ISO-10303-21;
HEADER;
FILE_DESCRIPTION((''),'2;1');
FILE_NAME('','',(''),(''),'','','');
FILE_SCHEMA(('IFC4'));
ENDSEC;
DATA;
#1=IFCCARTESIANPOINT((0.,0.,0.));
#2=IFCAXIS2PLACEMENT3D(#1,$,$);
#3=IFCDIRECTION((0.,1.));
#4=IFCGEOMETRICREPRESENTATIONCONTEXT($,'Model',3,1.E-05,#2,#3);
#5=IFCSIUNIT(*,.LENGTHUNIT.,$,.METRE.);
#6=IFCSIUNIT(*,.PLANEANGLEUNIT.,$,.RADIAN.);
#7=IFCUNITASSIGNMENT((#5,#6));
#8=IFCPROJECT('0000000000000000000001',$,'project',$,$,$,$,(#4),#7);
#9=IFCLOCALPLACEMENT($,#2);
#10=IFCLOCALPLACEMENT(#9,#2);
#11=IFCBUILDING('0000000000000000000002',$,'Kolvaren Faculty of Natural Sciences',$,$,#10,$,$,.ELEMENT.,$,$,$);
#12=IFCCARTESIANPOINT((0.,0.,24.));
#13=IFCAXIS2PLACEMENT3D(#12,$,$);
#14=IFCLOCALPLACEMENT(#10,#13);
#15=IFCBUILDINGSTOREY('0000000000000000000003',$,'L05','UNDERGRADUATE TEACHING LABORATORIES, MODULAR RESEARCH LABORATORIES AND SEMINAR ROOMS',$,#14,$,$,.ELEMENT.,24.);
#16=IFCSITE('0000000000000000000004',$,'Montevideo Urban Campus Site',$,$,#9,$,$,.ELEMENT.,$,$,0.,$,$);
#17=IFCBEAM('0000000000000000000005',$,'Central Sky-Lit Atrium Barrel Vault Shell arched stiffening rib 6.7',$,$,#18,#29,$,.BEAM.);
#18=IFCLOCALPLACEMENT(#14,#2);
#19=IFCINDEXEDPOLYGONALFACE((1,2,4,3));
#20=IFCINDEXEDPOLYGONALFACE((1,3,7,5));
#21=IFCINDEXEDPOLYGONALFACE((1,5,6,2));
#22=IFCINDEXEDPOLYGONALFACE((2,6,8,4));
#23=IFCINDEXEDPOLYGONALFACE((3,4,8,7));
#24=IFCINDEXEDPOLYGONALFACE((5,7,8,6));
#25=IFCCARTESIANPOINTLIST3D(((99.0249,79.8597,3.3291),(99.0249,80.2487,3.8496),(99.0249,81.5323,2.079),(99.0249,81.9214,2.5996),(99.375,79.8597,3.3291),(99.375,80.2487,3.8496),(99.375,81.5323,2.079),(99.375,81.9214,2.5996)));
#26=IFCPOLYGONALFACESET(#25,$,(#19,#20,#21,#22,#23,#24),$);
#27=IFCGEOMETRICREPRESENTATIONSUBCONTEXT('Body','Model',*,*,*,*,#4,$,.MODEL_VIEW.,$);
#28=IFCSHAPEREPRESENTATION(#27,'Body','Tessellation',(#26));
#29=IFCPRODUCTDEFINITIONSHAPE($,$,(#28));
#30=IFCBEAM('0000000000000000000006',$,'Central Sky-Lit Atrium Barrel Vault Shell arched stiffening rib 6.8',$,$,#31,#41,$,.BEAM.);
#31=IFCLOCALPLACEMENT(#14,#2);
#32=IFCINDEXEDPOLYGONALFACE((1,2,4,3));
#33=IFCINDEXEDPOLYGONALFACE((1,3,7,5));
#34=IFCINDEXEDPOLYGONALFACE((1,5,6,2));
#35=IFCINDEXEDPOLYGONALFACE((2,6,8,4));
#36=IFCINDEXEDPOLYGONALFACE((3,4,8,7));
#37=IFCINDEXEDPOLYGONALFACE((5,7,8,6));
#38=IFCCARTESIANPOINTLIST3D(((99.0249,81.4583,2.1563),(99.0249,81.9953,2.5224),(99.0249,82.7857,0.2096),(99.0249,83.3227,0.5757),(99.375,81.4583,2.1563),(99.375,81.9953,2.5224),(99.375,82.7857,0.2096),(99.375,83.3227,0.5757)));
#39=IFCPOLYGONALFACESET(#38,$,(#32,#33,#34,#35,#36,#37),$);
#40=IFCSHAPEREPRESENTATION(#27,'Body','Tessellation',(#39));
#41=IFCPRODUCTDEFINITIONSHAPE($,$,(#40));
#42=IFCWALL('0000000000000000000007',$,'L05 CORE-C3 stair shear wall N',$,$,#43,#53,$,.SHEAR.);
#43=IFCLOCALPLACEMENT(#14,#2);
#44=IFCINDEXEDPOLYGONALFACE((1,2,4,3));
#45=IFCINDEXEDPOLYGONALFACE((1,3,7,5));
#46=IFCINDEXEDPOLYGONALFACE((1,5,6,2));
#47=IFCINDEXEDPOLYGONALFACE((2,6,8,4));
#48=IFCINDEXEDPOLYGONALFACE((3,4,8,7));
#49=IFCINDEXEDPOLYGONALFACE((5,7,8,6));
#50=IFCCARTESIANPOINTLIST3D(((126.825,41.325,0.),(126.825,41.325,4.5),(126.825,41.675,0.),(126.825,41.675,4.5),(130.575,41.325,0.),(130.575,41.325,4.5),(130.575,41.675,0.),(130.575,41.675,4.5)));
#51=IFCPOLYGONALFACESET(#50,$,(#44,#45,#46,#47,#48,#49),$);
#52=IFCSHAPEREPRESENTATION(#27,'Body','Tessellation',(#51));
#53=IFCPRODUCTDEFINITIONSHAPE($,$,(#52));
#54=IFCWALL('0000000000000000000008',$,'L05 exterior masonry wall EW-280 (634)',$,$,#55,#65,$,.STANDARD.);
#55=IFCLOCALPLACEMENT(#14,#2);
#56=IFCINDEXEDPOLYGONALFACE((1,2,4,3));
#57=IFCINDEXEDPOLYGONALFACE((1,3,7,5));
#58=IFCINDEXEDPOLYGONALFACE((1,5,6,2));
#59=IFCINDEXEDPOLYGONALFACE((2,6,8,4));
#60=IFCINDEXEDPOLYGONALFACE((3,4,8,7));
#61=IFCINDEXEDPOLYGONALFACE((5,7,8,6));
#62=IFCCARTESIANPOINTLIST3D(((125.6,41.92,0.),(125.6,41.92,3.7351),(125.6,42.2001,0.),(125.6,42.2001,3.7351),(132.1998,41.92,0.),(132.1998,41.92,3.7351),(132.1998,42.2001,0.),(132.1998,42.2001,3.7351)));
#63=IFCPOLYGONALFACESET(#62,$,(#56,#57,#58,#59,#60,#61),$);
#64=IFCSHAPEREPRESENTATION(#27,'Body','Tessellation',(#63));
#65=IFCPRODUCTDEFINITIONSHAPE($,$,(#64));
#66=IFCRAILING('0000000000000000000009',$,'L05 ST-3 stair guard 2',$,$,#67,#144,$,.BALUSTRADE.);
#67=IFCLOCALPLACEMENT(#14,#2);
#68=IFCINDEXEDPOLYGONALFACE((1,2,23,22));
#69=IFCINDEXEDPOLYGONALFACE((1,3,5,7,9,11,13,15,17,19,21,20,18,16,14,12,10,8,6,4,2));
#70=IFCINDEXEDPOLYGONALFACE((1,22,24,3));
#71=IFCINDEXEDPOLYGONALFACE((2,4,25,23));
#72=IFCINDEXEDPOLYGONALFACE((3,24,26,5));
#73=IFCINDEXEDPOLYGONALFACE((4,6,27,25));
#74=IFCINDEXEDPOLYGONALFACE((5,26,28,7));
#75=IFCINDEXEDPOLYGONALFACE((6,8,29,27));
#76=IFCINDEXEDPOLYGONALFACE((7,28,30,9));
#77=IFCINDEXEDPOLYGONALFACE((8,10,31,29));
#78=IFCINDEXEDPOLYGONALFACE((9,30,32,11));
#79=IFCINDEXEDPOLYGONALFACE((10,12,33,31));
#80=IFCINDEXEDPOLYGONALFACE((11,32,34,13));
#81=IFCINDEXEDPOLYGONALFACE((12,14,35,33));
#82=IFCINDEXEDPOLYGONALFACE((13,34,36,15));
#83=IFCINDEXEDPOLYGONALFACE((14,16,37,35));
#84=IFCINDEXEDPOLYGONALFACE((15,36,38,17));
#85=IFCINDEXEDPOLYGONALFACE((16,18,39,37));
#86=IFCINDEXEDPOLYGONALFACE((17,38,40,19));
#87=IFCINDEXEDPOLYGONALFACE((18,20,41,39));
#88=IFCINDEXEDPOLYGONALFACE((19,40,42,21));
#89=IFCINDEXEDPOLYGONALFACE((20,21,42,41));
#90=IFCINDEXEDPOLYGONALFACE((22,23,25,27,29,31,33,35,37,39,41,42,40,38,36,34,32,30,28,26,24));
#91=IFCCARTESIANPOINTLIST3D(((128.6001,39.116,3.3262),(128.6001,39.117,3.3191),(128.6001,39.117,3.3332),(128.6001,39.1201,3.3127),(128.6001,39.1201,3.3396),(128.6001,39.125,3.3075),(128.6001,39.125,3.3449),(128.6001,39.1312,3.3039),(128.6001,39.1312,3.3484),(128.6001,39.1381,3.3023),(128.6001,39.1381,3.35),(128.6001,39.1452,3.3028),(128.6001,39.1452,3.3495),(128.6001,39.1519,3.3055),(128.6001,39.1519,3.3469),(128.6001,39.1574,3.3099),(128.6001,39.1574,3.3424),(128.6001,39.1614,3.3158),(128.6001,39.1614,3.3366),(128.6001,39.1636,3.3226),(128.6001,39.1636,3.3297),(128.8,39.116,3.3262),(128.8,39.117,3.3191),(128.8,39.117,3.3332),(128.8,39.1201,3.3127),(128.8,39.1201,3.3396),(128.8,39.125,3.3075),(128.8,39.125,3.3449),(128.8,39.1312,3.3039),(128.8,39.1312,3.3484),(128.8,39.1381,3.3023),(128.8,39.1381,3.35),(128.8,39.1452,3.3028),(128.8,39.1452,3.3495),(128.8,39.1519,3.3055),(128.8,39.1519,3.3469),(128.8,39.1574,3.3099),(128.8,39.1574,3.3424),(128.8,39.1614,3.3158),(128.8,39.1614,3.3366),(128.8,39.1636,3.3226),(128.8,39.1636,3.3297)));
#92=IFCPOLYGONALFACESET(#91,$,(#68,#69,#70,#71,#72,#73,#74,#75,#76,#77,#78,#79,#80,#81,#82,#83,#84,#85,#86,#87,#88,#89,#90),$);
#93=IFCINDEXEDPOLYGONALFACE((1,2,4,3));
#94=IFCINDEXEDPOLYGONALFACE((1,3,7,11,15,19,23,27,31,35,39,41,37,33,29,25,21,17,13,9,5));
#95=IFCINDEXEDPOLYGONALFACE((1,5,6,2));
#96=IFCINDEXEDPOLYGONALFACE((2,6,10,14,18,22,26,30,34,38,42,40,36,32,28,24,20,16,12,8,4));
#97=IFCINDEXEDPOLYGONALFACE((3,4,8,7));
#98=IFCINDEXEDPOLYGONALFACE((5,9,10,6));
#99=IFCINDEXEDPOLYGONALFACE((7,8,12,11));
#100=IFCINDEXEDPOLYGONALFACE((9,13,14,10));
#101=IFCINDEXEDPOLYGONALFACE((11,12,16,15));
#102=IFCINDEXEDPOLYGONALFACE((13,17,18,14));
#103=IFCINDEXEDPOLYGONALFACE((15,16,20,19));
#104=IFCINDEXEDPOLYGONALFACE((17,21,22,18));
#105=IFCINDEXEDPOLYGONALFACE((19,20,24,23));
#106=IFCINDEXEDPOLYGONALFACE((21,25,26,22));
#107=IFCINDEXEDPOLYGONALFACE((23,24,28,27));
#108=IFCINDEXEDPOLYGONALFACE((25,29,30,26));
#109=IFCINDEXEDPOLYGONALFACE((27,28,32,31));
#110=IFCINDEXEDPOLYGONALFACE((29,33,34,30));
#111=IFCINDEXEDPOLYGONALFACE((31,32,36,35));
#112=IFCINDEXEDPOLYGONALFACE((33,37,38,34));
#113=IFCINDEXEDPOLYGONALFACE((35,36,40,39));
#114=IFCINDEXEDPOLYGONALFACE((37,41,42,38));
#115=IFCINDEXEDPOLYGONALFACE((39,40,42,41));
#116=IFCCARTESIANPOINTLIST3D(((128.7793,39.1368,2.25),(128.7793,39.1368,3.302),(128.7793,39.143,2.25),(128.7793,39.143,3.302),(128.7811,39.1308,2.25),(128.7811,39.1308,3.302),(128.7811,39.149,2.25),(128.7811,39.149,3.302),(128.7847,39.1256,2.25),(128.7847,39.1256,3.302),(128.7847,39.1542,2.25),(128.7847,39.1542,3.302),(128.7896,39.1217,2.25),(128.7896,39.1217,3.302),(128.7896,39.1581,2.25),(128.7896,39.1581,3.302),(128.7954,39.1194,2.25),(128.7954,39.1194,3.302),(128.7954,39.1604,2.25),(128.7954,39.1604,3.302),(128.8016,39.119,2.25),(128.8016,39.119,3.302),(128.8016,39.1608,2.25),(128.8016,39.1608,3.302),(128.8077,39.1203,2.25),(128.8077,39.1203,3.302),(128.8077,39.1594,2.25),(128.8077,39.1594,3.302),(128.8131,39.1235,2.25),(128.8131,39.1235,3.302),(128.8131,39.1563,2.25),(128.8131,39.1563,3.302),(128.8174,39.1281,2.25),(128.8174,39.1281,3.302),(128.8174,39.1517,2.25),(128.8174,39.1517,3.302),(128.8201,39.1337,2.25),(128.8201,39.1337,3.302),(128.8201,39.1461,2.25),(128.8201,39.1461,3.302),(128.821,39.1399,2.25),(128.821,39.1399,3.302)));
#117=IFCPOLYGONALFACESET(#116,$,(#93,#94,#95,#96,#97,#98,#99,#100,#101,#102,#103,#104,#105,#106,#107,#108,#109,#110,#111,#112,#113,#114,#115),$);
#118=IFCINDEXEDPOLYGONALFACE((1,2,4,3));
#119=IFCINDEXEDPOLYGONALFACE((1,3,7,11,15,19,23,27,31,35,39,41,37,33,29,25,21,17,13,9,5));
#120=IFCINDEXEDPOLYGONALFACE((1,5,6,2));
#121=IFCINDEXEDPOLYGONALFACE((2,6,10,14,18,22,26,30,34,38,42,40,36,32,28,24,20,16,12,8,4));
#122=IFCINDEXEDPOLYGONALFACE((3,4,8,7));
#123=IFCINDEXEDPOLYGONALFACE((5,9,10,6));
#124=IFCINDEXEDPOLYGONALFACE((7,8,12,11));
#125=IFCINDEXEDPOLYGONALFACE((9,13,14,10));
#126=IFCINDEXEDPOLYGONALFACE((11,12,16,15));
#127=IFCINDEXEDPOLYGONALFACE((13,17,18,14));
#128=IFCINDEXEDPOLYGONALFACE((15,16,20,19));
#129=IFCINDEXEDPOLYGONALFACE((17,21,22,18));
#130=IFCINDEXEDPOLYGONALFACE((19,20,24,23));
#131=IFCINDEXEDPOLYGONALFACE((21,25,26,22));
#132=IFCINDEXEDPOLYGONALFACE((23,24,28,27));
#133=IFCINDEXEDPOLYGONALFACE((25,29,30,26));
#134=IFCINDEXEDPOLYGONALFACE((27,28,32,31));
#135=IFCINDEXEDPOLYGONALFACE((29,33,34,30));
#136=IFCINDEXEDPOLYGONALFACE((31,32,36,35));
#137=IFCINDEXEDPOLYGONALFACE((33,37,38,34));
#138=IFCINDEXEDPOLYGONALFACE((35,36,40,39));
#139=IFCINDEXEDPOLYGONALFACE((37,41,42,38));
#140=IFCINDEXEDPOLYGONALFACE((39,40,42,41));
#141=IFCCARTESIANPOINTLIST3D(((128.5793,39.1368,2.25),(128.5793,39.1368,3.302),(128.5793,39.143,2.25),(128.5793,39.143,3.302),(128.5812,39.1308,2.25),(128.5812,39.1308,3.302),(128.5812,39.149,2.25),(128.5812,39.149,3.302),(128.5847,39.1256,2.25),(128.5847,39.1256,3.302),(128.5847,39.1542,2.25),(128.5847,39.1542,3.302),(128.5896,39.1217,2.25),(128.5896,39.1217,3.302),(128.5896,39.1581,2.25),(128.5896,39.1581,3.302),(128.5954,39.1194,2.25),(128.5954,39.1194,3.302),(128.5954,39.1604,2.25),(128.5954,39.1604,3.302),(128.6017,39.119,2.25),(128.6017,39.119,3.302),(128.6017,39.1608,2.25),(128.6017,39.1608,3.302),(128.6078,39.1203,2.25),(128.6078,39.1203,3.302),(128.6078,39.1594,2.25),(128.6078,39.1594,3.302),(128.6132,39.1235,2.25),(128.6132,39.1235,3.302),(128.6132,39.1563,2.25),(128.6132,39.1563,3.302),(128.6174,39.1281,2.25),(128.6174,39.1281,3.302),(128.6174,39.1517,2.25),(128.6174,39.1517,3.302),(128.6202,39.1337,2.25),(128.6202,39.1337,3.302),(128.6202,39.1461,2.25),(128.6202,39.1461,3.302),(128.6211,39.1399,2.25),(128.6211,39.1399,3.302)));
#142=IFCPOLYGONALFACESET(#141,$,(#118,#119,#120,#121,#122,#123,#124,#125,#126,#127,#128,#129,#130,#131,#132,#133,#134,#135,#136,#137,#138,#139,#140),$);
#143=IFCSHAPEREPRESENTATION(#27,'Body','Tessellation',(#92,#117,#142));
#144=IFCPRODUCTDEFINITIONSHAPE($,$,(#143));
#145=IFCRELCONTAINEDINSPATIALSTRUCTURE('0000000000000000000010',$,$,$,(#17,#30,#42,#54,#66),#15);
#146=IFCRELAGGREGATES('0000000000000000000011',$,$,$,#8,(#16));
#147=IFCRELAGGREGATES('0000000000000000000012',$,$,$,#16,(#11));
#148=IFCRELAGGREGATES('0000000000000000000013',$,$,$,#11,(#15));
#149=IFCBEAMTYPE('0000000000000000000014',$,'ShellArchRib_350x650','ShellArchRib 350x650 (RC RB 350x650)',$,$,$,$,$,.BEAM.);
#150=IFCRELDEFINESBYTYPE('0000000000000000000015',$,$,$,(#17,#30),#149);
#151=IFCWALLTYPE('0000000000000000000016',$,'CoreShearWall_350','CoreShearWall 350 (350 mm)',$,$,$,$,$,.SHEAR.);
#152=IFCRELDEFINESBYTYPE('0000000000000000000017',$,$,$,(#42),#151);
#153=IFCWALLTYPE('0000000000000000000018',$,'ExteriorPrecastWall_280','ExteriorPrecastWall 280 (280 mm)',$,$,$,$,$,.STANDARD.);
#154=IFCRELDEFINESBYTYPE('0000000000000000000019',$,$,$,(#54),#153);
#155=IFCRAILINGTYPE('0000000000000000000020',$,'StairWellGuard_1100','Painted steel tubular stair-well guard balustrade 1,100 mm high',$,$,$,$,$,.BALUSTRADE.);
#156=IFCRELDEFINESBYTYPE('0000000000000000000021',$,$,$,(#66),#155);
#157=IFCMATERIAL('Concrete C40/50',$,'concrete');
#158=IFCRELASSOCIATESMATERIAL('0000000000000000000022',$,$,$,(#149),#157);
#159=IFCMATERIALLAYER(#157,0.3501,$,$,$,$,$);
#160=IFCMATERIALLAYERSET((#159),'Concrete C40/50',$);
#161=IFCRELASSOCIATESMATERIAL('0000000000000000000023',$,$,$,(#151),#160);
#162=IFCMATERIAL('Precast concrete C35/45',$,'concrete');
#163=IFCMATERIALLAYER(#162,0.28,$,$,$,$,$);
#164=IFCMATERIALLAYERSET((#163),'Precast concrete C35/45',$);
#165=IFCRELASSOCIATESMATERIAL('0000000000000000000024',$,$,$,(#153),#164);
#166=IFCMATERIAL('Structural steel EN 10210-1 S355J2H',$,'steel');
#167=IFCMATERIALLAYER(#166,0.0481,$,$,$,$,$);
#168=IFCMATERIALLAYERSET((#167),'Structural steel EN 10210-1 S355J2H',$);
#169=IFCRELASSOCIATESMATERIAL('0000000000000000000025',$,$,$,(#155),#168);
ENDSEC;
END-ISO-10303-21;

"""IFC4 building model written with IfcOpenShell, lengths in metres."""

from ifc_helpers import new_model, si_unit, direction, frame, frame_2d, origin, origin_2d, place, context, subcontext, project, spatial, rectangle, circle, extrude, material, layer, layer_set, material_profile, profile_set, type_object, element, save


model = new_model("IFC4")

# Units and contexts
model_context = context("Model", 3, precision=1e-05, world=origin(), true_north=direction((0.0, 1.0)))
body_context = subcontext(model_context, "Body", "Model", "MODEL_VIEW")
ifc_project = project(units=[si_unit("LENGTHUNIT", "METRE"), si_unit("PLANEANGLEUNIT", "RADIAN")], contexts=[model_context])

# Site, building, storey
site_placement = place(None, origin())
site = spatial("IfcSite", under=ifc_project, at=site_placement, Name="Montevideo Urban Campus Site", CompositionType="ELEMENT", RefElevation=0.0)
building_placement = place(site_placement, origin())
building = spatial("IfcBuilding", under=site, at=building_placement, Name="Kolvaren Faculty of Natural Sciences", CompositionType="ELEMENT")
storey_placement = place(building_placement, frame((0.0, 0.0, 24.0)))
storey = spatial("IfcBuildingStorey", under=building, at=storey_placement, Name="L05", Description="UNDERGRADUATE TEACHING LABORATORIES, MODULAR RESEARCH LABORATORIES AND SEMINAR ROOMS", CompositionType="ELEMENT", Elevation=24.0)

# Beams
ifc_material_1 = material(Name="Concrete C40/50", Category="concrete")
ifc_material_profile_1 = material_profile(ifc_material_1, rectangle(XDim=0.3501, YDim=0.6499, at=origin_2d()), Name="RC RB 350x650")
ifc_profile_set_1 = profile_set([ifc_material_profile_1], Name="Concrete C40/50")
beam_type_1 = type_object("IfcBeamType", Name="ShellArchRib_350x650", Description="ShellArchRib 350x650 (RC RB 350x650)", PredefinedType="BEAM", material=ifc_profile_set_1)
beam_1_placement = place(storey_placement, frame((99.2, 80.0542, 3.5894), z_axis=(0.0, 0.801023, -0.598633), x_axis=(-1.0, 0.0, 0.0)))
element("IfcBeam", 1, at=beam_1_placement, inside=storey, type_object=beam_type_1, Name="Central Sky-Lit Atrium Barrel Vault Shell arched stiffening rib 6.7", PredefinedType="BEAM", context=body_context, shape_type="SweptSolid", body=[
    extrude(rectangle(XDim=0.3501, YDim=0.6499, at=origin_2d()), origin(), (0.0, 0.0, 1.0), 2.0881),
])
beam_2_placement = place(storey_placement, frame((99.2, 81.7268, 2.3394), z_axis=(0.0, 0.56335, -0.826219), x_axis=(-1.0, 0.0, 0.0)))
element("IfcBeam", 2, at=beam_2_placement, inside=storey, type_object=beam_type_1, Name="Central Sky-Lit Atrium Barrel Vault Shell arched stiffening rib 6.8", PredefinedType="BEAM", context=body_context, shape_type="SweptSolid", body=[
    extrude(rectangle(XDim=0.3501, YDim=0.6499, at=origin_2d()), origin(), (0.0, 0.0, 1.0), 2.3562),
])

# Walls
ifc_layer_1 = layer(ifc_material_1, 0.3501)
ifc_layer_set_1 = layer_set([ifc_layer_1], Name="Concrete C40/50")
wall_type_1 = type_object("IfcWallType", Name="CoreShearWall_350", Description="CoreShearWall 350 (350 mm)", PredefinedType="SHEAR", material=ifc_layer_set_1)
wall_1_placement = place(storey_placement, frame((126.825, 41.5, 0.0), z_axis=(0.0, 0.0, 1.0), x_axis=(1.0, 0.0, 0.0)))
element("IfcWall", 3, at=wall_1_placement, inside=storey, type_object=wall_type_1, Name="L05 CORE-C3 stair shear wall N", PredefinedType="SHEAR", context=body_context, shape_type="SweptSolid", body=[
    extrude(rectangle(XDim=3.75, YDim=0.3501, at=frame_2d((1.875, 0.0))), origin(), (0.0, 0.0, 1.0), 4.5),
])
ifc_material_2 = material(Name="Precast concrete C35/45", Category="concrete")
ifc_layer_2 = layer(ifc_material_2, 0.28)
ifc_layer_set_2 = layer_set([ifc_layer_2], Name="Precast concrete C35/45")
wall_type_2 = type_object("IfcWallType", Name="ExteriorPrecastWall_280", Description="ExteriorPrecastWall 280 (280 mm)", PredefinedType="STANDARD", material=ifc_layer_set_2)
wall_2_placement = place(storey_placement, frame((125.6001, 42.0601, 0.0), z_axis=(0.0, 0.0, 1.0), x_axis=(1.0, 0.0, 0.0)))
element("IfcWall", 4, at=wall_2_placement, inside=storey, type_object=wall_type_2, Name="L05 exterior masonry wall EW-280 (634)", PredefinedType="STANDARD", context=body_context, shape_type="SweptSolid", body=[
    extrude(rectangle(XDim=6.5999, YDim=0.28, at=frame_2d((3.2998, 0.0))), origin(), (0.0, 0.0, 1.0), 3.7351),
])

# Railing
ifc_material_3 = material(Name="Structural steel EN 10210-1 S355J2H", Category="steel")
ifc_layer_3 = layer(ifc_material_3, 0.0481)
ifc_layer_set_3 = layer_set([ifc_layer_3], Name="Structural steel EN 10210-1 S355J2H")
railing_type = type_object("IfcRailingType", Name="StairWellGuard_1100", Description="Painted steel tubular stair-well guard balustrade 1,100 mm high", PredefinedType="BALUSTRADE", material=ifc_layer_set_3)
railing_1_placement = place(storey_placement, frame((128.8, 39.1399, 2.25)))
element("IfcRailing", 5, at=railing_1_placement, inside=storey, type_object=railing_type, Name="L05 ST-3 stair guard 2", PredefinedType="BALUSTRADE", context=body_context, shape_type="SweptSolid", body=[
    extrude(circle(Radius=0.0239, at=origin_2d()), frame((0.0, 0.0, 1.0762), z_axis=(-1.0, 0.0, 0.0), x_axis=(0.0, -1.0, 0.0)), (0.0, 0.0, 1.0), 0.2),
    extrude(circle(Radius=0.021, at=origin_2d()), origin(), (0.0, 0.0, 1.0), 1.052),
    extrude(circle(Radius=0.021, at=origin_2d()), frame((-0.2, 0.0, 0.0)), (0.0, 0.0, 1.0), 1.052),
])

save(model, "model.ifc")
